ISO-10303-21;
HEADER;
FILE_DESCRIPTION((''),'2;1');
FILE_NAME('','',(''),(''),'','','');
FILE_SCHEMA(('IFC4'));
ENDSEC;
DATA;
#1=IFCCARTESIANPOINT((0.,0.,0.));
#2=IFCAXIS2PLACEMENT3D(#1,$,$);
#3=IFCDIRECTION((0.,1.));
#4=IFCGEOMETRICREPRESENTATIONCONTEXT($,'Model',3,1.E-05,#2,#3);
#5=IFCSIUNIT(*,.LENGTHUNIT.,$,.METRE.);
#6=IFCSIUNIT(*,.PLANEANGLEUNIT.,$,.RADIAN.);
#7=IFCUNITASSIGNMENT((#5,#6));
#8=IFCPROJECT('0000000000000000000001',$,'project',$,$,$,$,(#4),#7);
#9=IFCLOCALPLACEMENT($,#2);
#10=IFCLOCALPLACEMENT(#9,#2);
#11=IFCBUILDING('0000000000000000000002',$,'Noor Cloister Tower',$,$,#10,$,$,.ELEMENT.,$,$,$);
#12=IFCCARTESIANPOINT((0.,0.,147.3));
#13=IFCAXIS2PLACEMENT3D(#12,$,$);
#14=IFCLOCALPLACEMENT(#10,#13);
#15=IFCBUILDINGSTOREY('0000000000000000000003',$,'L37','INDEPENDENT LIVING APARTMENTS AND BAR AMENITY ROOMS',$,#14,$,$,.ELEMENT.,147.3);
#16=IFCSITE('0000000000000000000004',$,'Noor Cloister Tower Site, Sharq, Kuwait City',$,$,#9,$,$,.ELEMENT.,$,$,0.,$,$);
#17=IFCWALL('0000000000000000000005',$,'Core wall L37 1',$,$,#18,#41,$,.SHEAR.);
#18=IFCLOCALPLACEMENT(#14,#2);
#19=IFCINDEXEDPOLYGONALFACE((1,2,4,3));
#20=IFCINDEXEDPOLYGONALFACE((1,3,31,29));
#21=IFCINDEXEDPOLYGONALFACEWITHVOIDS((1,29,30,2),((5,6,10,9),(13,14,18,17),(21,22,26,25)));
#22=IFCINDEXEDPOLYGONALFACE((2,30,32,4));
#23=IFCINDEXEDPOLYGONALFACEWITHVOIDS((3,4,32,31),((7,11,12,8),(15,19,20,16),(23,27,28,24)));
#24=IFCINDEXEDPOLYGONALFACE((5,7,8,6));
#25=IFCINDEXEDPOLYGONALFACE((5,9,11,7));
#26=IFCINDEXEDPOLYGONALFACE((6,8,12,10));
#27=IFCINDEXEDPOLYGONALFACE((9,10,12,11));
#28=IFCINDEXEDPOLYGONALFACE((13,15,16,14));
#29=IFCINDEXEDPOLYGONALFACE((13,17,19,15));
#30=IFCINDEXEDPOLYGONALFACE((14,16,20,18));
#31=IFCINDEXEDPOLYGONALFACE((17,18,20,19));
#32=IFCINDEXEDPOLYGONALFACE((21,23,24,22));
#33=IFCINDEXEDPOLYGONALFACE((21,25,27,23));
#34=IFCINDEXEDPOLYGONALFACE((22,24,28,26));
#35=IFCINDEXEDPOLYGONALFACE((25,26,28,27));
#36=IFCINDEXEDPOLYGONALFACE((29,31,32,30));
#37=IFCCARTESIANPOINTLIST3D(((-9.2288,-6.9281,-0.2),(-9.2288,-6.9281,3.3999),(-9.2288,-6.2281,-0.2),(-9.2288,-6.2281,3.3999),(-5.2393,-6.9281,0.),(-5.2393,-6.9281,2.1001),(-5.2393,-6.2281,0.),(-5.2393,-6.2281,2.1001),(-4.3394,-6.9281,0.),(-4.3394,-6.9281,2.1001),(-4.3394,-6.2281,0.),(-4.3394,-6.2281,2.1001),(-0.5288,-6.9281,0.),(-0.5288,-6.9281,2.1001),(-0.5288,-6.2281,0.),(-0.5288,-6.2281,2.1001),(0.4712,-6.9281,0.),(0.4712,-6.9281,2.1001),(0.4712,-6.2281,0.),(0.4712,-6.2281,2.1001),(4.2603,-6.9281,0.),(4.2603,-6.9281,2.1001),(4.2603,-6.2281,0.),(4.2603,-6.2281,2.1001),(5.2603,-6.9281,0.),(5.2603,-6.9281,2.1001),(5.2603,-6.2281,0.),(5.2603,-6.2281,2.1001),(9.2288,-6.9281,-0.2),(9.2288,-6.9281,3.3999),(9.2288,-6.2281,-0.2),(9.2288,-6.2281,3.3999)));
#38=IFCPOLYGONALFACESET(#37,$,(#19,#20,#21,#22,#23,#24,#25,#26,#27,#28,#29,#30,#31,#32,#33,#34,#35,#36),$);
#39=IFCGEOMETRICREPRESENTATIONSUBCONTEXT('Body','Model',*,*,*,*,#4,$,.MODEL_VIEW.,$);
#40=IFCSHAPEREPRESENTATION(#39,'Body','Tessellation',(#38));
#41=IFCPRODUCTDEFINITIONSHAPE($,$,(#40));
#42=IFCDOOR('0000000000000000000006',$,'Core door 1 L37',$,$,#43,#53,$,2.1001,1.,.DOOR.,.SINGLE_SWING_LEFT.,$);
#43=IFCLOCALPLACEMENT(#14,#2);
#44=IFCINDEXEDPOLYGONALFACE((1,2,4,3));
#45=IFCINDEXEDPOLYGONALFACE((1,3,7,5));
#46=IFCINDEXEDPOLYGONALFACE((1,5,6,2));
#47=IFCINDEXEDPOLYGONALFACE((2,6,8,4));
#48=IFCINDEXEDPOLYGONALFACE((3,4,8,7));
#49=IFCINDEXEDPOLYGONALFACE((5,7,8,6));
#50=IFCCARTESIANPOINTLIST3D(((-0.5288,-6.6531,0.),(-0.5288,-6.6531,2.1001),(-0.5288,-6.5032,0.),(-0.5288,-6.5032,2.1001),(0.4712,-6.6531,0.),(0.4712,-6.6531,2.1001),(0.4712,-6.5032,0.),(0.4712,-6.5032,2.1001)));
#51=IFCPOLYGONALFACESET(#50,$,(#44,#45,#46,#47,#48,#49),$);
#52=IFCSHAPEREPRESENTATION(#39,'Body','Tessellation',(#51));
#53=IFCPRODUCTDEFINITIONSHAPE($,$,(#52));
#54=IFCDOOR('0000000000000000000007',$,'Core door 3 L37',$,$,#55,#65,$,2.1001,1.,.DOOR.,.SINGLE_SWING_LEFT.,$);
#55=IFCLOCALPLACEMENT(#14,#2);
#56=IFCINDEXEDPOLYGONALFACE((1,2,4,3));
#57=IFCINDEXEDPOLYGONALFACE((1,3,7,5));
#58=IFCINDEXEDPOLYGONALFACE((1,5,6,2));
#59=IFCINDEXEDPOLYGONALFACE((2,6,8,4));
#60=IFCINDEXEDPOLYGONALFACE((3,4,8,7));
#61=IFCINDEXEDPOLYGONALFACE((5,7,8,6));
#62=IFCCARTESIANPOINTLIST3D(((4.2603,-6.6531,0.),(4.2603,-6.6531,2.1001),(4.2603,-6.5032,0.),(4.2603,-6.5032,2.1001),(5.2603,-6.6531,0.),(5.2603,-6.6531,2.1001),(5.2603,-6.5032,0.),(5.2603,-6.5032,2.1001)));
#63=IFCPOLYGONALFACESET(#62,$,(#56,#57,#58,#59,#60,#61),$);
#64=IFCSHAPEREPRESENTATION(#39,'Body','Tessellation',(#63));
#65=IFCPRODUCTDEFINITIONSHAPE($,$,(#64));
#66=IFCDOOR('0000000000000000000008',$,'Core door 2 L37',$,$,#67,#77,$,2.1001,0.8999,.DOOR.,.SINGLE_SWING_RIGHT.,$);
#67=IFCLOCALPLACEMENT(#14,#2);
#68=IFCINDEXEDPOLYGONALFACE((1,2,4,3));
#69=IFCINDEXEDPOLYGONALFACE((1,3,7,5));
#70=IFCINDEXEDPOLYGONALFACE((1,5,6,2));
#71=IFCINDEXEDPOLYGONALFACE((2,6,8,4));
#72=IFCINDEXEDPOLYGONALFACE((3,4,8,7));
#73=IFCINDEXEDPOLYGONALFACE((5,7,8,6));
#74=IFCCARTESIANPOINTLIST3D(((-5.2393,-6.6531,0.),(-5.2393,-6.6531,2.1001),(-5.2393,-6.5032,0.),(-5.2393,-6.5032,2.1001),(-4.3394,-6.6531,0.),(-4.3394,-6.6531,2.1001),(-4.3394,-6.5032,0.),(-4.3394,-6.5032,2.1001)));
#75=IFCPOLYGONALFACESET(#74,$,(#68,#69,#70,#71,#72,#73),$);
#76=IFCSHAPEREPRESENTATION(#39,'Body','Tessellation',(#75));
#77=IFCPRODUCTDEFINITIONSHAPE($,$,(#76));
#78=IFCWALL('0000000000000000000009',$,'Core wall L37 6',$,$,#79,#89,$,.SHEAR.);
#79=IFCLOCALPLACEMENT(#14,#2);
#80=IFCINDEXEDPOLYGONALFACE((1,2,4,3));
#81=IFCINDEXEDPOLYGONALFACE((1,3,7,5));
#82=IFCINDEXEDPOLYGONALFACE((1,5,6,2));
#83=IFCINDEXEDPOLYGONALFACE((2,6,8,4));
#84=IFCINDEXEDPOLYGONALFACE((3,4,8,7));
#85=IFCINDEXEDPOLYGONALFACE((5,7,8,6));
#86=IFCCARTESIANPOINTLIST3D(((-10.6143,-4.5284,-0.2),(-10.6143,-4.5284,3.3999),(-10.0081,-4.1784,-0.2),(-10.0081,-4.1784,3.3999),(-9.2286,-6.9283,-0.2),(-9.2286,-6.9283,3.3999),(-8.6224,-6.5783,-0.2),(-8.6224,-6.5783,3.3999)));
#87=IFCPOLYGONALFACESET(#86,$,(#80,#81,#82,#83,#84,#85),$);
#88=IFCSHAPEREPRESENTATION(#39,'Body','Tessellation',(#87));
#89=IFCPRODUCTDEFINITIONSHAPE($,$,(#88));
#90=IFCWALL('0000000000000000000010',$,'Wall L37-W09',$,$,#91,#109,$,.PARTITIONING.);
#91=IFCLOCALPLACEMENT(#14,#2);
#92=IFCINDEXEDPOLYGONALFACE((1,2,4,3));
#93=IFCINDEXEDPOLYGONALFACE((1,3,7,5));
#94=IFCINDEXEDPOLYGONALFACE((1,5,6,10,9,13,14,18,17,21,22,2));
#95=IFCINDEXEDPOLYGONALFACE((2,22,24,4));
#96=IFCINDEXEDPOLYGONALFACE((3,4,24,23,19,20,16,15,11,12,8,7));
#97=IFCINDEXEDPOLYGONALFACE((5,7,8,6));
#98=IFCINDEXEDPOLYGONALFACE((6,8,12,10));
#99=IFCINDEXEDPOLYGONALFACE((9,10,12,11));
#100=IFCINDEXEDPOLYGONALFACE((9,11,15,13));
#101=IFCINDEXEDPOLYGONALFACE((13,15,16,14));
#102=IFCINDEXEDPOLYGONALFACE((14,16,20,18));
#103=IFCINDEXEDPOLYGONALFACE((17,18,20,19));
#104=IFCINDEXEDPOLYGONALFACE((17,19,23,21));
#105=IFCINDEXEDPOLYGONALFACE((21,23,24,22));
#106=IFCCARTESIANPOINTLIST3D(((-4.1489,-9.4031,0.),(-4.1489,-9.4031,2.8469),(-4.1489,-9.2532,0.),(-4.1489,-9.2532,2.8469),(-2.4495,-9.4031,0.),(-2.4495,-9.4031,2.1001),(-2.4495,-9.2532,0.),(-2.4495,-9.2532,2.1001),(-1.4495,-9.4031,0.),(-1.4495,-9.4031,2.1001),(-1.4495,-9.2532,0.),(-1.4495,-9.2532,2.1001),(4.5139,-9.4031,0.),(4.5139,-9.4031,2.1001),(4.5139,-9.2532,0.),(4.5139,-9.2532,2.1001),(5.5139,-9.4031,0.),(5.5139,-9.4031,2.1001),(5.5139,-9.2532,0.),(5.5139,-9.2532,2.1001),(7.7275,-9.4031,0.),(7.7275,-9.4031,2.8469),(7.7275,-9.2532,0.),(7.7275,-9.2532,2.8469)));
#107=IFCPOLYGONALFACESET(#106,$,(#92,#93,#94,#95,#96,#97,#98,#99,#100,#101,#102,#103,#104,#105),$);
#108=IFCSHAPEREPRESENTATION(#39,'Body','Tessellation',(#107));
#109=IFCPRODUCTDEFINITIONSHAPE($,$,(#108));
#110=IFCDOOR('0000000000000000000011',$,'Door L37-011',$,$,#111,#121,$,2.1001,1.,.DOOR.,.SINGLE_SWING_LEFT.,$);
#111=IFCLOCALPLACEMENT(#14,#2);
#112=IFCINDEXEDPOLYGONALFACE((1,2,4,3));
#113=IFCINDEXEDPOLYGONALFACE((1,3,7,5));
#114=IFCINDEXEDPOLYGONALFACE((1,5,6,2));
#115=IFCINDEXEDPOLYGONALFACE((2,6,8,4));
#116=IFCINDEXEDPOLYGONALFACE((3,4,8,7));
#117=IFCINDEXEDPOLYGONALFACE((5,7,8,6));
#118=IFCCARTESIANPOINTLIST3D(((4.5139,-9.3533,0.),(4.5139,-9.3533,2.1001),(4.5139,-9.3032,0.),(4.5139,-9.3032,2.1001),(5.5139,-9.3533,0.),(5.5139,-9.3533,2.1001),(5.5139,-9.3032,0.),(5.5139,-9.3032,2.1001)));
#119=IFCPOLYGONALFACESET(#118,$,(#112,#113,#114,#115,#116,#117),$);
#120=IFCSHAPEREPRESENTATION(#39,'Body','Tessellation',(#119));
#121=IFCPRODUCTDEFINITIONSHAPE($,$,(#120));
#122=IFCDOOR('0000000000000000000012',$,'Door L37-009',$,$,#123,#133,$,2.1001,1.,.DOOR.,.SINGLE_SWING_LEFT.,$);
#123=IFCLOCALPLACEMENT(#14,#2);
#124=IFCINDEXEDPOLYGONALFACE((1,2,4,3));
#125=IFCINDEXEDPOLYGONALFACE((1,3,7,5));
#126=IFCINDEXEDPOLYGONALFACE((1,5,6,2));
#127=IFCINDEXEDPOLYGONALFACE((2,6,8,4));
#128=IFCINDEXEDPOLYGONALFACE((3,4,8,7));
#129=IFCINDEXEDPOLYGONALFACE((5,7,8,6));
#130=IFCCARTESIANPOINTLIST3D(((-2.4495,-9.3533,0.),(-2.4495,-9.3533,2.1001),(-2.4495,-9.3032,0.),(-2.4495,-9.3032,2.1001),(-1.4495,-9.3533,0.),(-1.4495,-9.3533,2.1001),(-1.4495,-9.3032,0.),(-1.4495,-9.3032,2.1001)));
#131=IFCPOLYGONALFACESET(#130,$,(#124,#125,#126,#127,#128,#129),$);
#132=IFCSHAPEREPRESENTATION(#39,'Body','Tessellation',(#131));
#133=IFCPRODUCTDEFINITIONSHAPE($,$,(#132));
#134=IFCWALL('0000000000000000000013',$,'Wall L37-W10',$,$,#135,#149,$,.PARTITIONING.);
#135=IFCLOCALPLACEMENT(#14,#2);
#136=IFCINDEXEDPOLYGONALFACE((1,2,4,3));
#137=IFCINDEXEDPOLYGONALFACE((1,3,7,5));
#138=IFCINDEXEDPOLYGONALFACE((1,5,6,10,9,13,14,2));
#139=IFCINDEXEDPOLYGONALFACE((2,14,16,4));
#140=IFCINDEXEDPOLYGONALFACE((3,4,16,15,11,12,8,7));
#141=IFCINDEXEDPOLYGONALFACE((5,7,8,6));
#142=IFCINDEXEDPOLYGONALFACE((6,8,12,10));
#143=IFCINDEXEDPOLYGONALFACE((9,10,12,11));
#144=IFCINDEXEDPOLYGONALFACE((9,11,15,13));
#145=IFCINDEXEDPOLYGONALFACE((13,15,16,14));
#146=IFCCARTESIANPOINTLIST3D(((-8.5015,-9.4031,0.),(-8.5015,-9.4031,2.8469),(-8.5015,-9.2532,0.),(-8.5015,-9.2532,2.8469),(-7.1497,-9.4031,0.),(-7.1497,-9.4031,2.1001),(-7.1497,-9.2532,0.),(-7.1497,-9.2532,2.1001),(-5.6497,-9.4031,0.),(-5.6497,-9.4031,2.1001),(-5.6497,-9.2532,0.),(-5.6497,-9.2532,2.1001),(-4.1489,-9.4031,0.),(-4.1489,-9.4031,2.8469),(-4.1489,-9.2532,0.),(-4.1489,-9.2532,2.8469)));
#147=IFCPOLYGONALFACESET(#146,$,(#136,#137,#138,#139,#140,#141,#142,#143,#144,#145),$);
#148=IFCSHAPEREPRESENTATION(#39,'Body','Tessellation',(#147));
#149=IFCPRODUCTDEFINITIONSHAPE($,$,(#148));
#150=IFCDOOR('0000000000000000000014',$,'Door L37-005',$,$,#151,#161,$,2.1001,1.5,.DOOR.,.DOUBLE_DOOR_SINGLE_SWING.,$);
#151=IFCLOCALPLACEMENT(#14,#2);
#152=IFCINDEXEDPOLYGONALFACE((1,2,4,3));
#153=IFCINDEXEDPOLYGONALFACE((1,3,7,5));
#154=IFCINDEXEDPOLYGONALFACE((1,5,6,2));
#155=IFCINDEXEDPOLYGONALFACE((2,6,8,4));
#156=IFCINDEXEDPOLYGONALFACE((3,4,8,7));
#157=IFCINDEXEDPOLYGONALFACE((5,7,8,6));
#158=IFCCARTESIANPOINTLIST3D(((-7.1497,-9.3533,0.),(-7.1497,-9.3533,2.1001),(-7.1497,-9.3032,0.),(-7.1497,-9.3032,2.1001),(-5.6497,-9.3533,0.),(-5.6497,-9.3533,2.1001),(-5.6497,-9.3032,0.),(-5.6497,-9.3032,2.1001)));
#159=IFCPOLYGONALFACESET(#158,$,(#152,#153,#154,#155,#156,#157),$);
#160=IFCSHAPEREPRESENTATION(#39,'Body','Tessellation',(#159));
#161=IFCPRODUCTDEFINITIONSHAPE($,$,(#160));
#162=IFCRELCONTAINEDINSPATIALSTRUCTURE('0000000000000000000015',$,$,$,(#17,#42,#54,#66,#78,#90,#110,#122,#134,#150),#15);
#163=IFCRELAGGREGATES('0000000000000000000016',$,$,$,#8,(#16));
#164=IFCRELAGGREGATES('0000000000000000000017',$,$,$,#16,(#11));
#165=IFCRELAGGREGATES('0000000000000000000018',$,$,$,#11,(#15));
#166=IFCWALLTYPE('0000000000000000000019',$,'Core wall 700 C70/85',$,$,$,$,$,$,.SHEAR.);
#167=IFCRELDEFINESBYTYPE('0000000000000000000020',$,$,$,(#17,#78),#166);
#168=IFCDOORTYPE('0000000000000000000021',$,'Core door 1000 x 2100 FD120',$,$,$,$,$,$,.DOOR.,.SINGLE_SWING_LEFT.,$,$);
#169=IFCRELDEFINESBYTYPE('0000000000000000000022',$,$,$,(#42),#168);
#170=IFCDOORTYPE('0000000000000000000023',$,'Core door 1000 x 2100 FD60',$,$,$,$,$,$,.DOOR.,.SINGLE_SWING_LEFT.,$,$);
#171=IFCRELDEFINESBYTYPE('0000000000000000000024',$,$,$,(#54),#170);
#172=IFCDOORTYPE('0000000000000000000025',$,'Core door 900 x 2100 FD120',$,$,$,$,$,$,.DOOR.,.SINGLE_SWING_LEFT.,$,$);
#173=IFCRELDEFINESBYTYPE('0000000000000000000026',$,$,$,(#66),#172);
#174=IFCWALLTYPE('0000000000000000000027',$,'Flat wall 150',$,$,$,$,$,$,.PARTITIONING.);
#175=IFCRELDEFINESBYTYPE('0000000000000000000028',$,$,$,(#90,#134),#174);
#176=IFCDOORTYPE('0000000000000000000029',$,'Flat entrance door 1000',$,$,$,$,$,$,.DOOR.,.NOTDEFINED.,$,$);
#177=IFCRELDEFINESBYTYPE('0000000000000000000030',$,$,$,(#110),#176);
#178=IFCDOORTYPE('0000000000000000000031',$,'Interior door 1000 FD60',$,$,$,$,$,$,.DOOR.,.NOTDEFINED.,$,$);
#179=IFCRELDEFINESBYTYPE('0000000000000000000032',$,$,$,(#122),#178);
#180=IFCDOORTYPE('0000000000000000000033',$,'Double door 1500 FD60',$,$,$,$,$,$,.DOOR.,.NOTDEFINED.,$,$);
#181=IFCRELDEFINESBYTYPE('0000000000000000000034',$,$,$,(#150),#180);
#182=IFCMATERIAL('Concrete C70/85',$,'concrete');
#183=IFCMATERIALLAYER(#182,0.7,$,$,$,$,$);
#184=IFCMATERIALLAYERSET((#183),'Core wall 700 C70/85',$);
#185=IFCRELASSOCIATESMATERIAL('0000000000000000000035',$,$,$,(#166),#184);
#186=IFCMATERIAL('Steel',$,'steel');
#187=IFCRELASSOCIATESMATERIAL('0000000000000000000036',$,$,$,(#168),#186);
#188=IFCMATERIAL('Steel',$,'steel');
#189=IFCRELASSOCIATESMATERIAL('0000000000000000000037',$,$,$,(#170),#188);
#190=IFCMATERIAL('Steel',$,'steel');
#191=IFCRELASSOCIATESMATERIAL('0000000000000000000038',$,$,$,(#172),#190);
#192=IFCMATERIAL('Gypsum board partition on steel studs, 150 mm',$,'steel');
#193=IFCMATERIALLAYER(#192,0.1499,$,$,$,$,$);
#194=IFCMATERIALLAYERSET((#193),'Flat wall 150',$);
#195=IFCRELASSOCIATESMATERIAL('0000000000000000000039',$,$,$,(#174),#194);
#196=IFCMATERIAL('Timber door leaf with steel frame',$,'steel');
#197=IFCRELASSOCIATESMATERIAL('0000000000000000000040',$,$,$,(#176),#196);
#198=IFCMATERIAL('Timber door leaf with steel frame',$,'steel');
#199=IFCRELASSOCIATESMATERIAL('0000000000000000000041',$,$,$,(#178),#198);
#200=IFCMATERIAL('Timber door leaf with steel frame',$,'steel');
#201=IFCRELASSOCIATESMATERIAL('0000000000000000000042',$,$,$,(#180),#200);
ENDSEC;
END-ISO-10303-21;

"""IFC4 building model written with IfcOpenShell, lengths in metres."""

from ifc_helpers import new_model, si_unit, direction, frame, frame_2d, origin, place, context, subcontext, project, spatial, rectangle, extrude, material, layer, layer_set, type_object, element, fill, save


model = new_model("IFC4")

# Units and contexts
model_context = context("Model", 3, precision=1e-05, world=origin(), true_north=direction((0.0, 1.0)))
body_context = subcontext(model_context, "Body", "Model", "MODEL_VIEW")
ifc_project = project(units=[si_unit("LENGTHUNIT", "METRE"), si_unit("PLANEANGLEUNIT", "RADIAN")], contexts=[model_context])

# Site, building, storey
site_placement = place(None, origin())
site = spatial("IfcSite", under=ifc_project, at=site_placement, Name="Noor Cloister Tower Site, Sharq, Kuwait City", CompositionType="ELEMENT", RefElevation=0.0)
building_placement = place(site_placement, origin())
building = spatial("IfcBuilding", under=site, at=building_placement, Name="Noor Cloister Tower", CompositionType="ELEMENT")
storey_placement = place(building_placement, frame((0.0, 0.0, 147.3)))
storey = spatial("IfcBuildingStorey", under=building, at=storey_placement, Name="L37", Description="INDEPENDENT LIVING APARTMENTS AND BAR AMENITY ROOMS", CompositionType="ELEMENT", Elevation=147.3)

# Wall, openings, doors
ifc_material_1 = material(Name="Concrete C70/85", Category="concrete")
ifc_layer_1 = layer(ifc_material_1, 0.7)
ifc_layer_set_1 = layer_set([ifc_layer_1], Name="Core wall 700 C70/85")
wall_type_1 = type_object("IfcWallType", Name="Core wall 700 C70/85", PredefinedType="SHEAR", material=ifc_layer_set_1)
wall_1_placement = place(storey_placement, frame((-9.2288, -6.5781, -0.2), z_axis=(0.0, 0.0, 1.0), x_axis=(1.0, 0.0, 0.0)))
wall_1 = element("IfcWall", 1, at=wall_1_placement, inside=storey, type_object=wall_type_1, Name="Core wall L37 1", PredefinedType="SHEAR", context=body_context, shape_type="SweptSolid", body=[
    extrude(rectangle(XDim=18.4575, YDim=0.7, at=frame_2d((9.2288, 0.0))), origin(), (0.0, 0.0, 1.0), 3.5999),
])
opening_1_placement = place(wall_1_placement, frame((8.7, 0.0, 0.2)))
opening_1 = element("IfcOpeningElement", 2, at=opening_1_placement, cuts=wall_1, PredefinedType="OPENING", context=body_context, shape_type="SweptSolid", body=[
    extrude(rectangle(XDim=1.0, YDim=2.1001, at=frame_2d((0.5, 1.05))), frame((0.0, 0.3599, 0.0), z_axis=(0.0, -1.0, 0.0), x_axis=(1.0, 0.0, 0.0)), (0.0, 0.0, 1.0), 0.72),
])
opening_2_placement = place(wall_1_placement, frame((3.9895, 0.0, 0.2)))
opening_2 = element("IfcOpeningElement", 3, at=opening_2_placement, cuts=wall_1, PredefinedType="OPENING", context=body_context, shape_type="SweptSolid", body=[
    extrude(rectangle(XDim=0.8999, YDim=2.1001, at=frame_2d((0.45, 1.05))), frame((0.0, 0.3599, 0.0), z_axis=(0.0, -1.0, 0.0), x_axis=(1.0, 0.0, 0.0)), (0.0, 0.0, 1.0), 0.72),
])
opening_3_placement = place(wall_1_placement, frame((13.489, 0.0, 0.2)))
opening_3 = element("IfcOpeningElement", 4, at=opening_3_placement, cuts=wall_1, PredefinedType="OPENING", context=body_context, shape_type="SweptSolid", body=[
    extrude(rectangle(XDim=1.0, YDim=2.1001, at=frame_2d((0.5, 1.05))), frame((0.0, 0.3599, 0.0), z_axis=(0.0, -1.0, 0.0), x_axis=(1.0, 0.0, 0.0)), (0.0, 0.0, 1.0), 0.72),
])
ifc_material_2 = material(Name="Steel", Category="steel")
door_type_1 = type_object("IfcDoorType", Name="Core door 1000 x 2100 FD120", OperationType="SINGLE_SWING_LEFT", PredefinedType="DOOR", material=ifc_material_2)
door_1_placement = place(opening_1_placement, origin())
door_1 = element("IfcDoor", 5, at=door_1_placement, inside=storey, type_object=door_type_1, Name="Core door 1 L37", OperationType="SINGLE_SWING_LEFT", OverallHeight=2.1001, OverallWidth=1.0, PredefinedType="DOOR", context=body_context, shape_type="SweptSolid", body=[
    extrude(rectangle(XDim=1.0, YDim=2.1001, at=frame_2d((0.5, 1.05))), frame((0.0, 0.075, 0.0), z_axis=(0.0, -1.0, 0.0), x_axis=(1.0, 0.0, 0.0)), (0.0, 0.0, 1.0), 0.1499),
])
fill(opening_1, door_1)
ifc_material_3 = material(Name="Steel", Category="steel")
door_type_2 = type_object("IfcDoorType", Name="Core door 1000 x 2100 FD60", OperationType="SINGLE_SWING_LEFT", PredefinedType="DOOR", material=ifc_material_3)
door_2_placement = place(opening_3_placement, origin())
door_2 = element("IfcDoor", 6, at=door_2_placement, inside=storey, type_object=door_type_2, Name="Core door 3 L37", OperationType="SINGLE_SWING_LEFT", OverallHeight=2.1001, OverallWidth=1.0, PredefinedType="DOOR", context=body_context, shape_type="SweptSolid", body=[
    extrude(rectangle(XDim=1.0, YDim=2.1001, at=frame_2d((0.5, 1.05))), frame((0.0, 0.075, 0.0), z_axis=(0.0, -1.0, 0.0), x_axis=(1.0, 0.0, 0.0)), (0.0, 0.0, 1.0), 0.1499),
])
fill(opening_3, door_2)
ifc_material_4 = material(Name="Steel", Category="steel")
door_type_3 = type_object("IfcDoorType", Name="Core door 900 x 2100 FD120", OperationType="SINGLE_SWING_LEFT", PredefinedType="DOOR", material=ifc_material_4)
door_3_placement = place(opening_2_placement, origin())
door_3 = element("IfcDoor", 7, at=door_3_placement, inside=storey, type_object=door_type_3, Name="Core door 2 L37", OperationType="SINGLE_SWING_RIGHT", OverallHeight=2.1001, OverallWidth=0.8999, PredefinedType="DOOR", context=body_context, shape_type="SweptSolid", body=[
    extrude(rectangle(XDim=0.8999, YDim=2.1001, at=frame_2d((0.45, 1.05))), frame((0.0, 0.075, 0.0), z_axis=(0.0, -1.0, 0.0), x_axis=(1.0, 0.0, 0.0)), (0.0, 0.0, 1.0), 0.1499),
])
fill(opening_2, door_3)

# Wall
wall_2_placement = place(storey_placement, frame((-10.3113, -4.3533, -0.2), z_axis=(0.0, 0.0, 1.0), x_axis=(0.500043, -0.866001, 0.0)))
element("IfcWall", 8, at=wall_2_placement, inside=storey, type_object=wall_type_1, Name="Core wall L37 6", PredefinedType="SHEAR", context=body_context, shape_type="SweptSolid", body=[
    extrude(rectangle(XDim=2.7712, YDim=0.7, at=frame_2d((1.3857, 0.0))), origin(), (0.0, 0.0, 1.0), 3.5999),
])

# Wall, openings, doors
ifc_material_5 = material(Name="Gypsum board partition on steel studs, 150 mm", Category="steel")
ifc_layer_2 = layer(ifc_material_5, 0.1499)
ifc_layer_set_2 = layer_set([ifc_layer_2], Name="Flat wall 150")
wall_type_2 = type_object("IfcWallType", Name="Flat wall 150", PredefinedType="PARTITIONING", material=ifc_layer_set_2)
wall_3_placement = place(storey_placement, frame((-4.1489, -9.3281, 0.0), z_axis=(0.0, 0.0, 1.0), x_axis=(1.0, 0.0, 0.0)))
wall_3 = element("IfcWall", 9, at=wall_3_placement, inside=storey, type_object=wall_type_2, Name="Wall L37-W09", PredefinedType="PARTITIONING", context=body_context, shape_type="SweptSolid", body=[
    extrude(rectangle(XDim=11.8765, YDim=0.1499, at=frame_2d((5.9382, 0.0))), origin(), (0.0, 0.0, 1.0), 2.8469),
])
opening_4_placement = place(wall_3_placement, frame((1.6995, 0.0, 0.0)))
opening_4 = element("IfcOpeningElement", 10, at=opening_4_placement, cuts=wall_3, PredefinedType="OPENING", context=body_context, shape_type="SweptSolid", body=[
    extrude(rectangle(XDim=1.0, YDim=2.1001, at=frame_2d((0.5, 1.05))), frame((0.0, 0.085, 0.0), z_axis=(0.0, -1.0, 0.0), x_axis=(1.0, 0.0, 0.0)), (0.0, 0.0, 1.0), 0.1699),
])
opening_5_placement = place(wall_3_placement, frame((8.6628, 0.0, 0.0)))
opening_5 = element("IfcOpeningElement", 11, at=opening_5_placement, cuts=wall_3, PredefinedType="OPENING", context=body_context, shape_type="SweptSolid", body=[
    extrude(rectangle(XDim=1.0, YDim=2.1001, at=frame_2d((0.5, 1.05))), frame((0.0, 0.085, 0.0), z_axis=(0.0, -1.0, 0.0), x_axis=(1.0, 0.0, 0.0)), (0.0, 0.0, 1.0), 0.1699),
])
ifc_material_6 = material(Name="Timber door leaf with steel frame", Category="steel")
door_type_4 = type_object("IfcDoorType", Name="Flat entrance door 1000", OperationType="NOTDEFINED", PredefinedType="DOOR", material=ifc_material_6)
door_4_placement = place(opening_5_placement, origin())
door_4 = element("IfcDoor", 12, at=door_4_placement, inside=storey, type_object=door_type_4, Name="Door L37-011", OperationType="SINGLE_SWING_LEFT", OverallHeight=2.1001, OverallWidth=1.0, PredefinedType="DOOR", context=body_context, shape_type="SweptSolid", body=[
    extrude(rectangle(XDim=1.0, YDim=2.1001, at=frame_2d((0.5, 1.05))), frame((0.0, 0.0249, 0.0), z_axis=(0.0, -1.0, 0.0), x_axis=(1.0, 0.0, 0.0)), (0.0, 0.0, 1.0), 0.05),
])
fill(opening_5, door_4)
ifc_material_7 = material(Name="Timber door leaf with steel frame", Category="steel")
door_type_5 = type_object("IfcDoorType", Name="Interior door 1000 FD60", OperationType="NOTDEFINED", PredefinedType="DOOR", material=ifc_material_7)
door_5_placement = place(opening_4_placement, origin())
door_5 = element("IfcDoor", 13, at=door_5_placement, inside=storey, type_object=door_type_5, Name="Door L37-009", OperationType="SINGLE_SWING_LEFT", OverallHeight=2.1001, OverallWidth=1.0, PredefinedType="DOOR", context=body_context, shape_type="SweptSolid", body=[
    extrude(rectangle(XDim=1.0, YDim=2.1001, at=frame_2d((0.5, 1.05))), frame((0.0, 0.0249, 0.0), z_axis=(0.0, -1.0, 0.0), x_axis=(1.0, 0.0, 0.0)), (0.0, 0.0, 1.0), 0.05),
])
fill(opening_4, door_5)

# Wall, opening, door
wall_4_placement = place(storey_placement, frame((-8.5015, -9.3281, 0.0), z_axis=(0.0, 0.0, 1.0), x_axis=(1.0, 0.0, 0.0)))
wall_4 = element("IfcWall", 14, at=wall_4_placement, inside=storey, type_object=wall_type_2, Name="Wall L37-W10", PredefinedType="PARTITIONING", context=body_context, shape_type="SweptSolid", body=[
    extrude(rectangle(XDim=4.3525, YDim=0.1499, at=frame_2d((2.1763, 0.0))), origin(), (0.0, 0.0, 1.0), 2.8469),
])
opening_6_placement = place(wall_4_placement, frame((1.3518, 0.0, 0.0)))
opening_6 = element("IfcOpeningElement", 15, at=opening_6_placement, cuts=wall_4, PredefinedType="OPENING", context=body_context, shape_type="SweptSolid", body=[
    extrude(rectangle(XDim=1.5, YDim=2.1001, at=frame_2d((0.75, 1.05))), frame((0.0, 0.085, 0.0), z_axis=(0.0, -1.0, 0.0), x_axis=(1.0, 0.0, 0.0)), (0.0, 0.0, 1.0), 0.1699),
])
ifc_material_8 = material(Name="Timber door leaf with steel frame", Category="steel")
door_type_6 = type_object("IfcDoorType", Name="Double door 1500 FD60", OperationType="NOTDEFINED", PredefinedType="DOOR", material=ifc_material_8)
door_6_placement = place(opening_6_placement, origin())
door_6 = element("IfcDoor", 16, at=door_6_placement, inside=storey, type_object=door_type_6, Name="Door L37-005", OperationType="DOUBLE_DOOR_SINGLE_SWING", OverallHeight=2.1001, OverallWidth=1.5, PredefinedType="DOOR", context=body_context, shape_type="SweptSolid", body=[
    extrude(rectangle(XDim=1.5, YDim=2.1001, at=frame_2d((0.75, 1.05))), frame((0.0, 0.0249, 0.0), z_axis=(0.0, -1.0, 0.0), x_axis=(1.0, 0.0, 0.0)), (0.0, 0.0, 1.0), 0.05),
])
fill(opening_6, door_6)

save(model, "model.ifc")
